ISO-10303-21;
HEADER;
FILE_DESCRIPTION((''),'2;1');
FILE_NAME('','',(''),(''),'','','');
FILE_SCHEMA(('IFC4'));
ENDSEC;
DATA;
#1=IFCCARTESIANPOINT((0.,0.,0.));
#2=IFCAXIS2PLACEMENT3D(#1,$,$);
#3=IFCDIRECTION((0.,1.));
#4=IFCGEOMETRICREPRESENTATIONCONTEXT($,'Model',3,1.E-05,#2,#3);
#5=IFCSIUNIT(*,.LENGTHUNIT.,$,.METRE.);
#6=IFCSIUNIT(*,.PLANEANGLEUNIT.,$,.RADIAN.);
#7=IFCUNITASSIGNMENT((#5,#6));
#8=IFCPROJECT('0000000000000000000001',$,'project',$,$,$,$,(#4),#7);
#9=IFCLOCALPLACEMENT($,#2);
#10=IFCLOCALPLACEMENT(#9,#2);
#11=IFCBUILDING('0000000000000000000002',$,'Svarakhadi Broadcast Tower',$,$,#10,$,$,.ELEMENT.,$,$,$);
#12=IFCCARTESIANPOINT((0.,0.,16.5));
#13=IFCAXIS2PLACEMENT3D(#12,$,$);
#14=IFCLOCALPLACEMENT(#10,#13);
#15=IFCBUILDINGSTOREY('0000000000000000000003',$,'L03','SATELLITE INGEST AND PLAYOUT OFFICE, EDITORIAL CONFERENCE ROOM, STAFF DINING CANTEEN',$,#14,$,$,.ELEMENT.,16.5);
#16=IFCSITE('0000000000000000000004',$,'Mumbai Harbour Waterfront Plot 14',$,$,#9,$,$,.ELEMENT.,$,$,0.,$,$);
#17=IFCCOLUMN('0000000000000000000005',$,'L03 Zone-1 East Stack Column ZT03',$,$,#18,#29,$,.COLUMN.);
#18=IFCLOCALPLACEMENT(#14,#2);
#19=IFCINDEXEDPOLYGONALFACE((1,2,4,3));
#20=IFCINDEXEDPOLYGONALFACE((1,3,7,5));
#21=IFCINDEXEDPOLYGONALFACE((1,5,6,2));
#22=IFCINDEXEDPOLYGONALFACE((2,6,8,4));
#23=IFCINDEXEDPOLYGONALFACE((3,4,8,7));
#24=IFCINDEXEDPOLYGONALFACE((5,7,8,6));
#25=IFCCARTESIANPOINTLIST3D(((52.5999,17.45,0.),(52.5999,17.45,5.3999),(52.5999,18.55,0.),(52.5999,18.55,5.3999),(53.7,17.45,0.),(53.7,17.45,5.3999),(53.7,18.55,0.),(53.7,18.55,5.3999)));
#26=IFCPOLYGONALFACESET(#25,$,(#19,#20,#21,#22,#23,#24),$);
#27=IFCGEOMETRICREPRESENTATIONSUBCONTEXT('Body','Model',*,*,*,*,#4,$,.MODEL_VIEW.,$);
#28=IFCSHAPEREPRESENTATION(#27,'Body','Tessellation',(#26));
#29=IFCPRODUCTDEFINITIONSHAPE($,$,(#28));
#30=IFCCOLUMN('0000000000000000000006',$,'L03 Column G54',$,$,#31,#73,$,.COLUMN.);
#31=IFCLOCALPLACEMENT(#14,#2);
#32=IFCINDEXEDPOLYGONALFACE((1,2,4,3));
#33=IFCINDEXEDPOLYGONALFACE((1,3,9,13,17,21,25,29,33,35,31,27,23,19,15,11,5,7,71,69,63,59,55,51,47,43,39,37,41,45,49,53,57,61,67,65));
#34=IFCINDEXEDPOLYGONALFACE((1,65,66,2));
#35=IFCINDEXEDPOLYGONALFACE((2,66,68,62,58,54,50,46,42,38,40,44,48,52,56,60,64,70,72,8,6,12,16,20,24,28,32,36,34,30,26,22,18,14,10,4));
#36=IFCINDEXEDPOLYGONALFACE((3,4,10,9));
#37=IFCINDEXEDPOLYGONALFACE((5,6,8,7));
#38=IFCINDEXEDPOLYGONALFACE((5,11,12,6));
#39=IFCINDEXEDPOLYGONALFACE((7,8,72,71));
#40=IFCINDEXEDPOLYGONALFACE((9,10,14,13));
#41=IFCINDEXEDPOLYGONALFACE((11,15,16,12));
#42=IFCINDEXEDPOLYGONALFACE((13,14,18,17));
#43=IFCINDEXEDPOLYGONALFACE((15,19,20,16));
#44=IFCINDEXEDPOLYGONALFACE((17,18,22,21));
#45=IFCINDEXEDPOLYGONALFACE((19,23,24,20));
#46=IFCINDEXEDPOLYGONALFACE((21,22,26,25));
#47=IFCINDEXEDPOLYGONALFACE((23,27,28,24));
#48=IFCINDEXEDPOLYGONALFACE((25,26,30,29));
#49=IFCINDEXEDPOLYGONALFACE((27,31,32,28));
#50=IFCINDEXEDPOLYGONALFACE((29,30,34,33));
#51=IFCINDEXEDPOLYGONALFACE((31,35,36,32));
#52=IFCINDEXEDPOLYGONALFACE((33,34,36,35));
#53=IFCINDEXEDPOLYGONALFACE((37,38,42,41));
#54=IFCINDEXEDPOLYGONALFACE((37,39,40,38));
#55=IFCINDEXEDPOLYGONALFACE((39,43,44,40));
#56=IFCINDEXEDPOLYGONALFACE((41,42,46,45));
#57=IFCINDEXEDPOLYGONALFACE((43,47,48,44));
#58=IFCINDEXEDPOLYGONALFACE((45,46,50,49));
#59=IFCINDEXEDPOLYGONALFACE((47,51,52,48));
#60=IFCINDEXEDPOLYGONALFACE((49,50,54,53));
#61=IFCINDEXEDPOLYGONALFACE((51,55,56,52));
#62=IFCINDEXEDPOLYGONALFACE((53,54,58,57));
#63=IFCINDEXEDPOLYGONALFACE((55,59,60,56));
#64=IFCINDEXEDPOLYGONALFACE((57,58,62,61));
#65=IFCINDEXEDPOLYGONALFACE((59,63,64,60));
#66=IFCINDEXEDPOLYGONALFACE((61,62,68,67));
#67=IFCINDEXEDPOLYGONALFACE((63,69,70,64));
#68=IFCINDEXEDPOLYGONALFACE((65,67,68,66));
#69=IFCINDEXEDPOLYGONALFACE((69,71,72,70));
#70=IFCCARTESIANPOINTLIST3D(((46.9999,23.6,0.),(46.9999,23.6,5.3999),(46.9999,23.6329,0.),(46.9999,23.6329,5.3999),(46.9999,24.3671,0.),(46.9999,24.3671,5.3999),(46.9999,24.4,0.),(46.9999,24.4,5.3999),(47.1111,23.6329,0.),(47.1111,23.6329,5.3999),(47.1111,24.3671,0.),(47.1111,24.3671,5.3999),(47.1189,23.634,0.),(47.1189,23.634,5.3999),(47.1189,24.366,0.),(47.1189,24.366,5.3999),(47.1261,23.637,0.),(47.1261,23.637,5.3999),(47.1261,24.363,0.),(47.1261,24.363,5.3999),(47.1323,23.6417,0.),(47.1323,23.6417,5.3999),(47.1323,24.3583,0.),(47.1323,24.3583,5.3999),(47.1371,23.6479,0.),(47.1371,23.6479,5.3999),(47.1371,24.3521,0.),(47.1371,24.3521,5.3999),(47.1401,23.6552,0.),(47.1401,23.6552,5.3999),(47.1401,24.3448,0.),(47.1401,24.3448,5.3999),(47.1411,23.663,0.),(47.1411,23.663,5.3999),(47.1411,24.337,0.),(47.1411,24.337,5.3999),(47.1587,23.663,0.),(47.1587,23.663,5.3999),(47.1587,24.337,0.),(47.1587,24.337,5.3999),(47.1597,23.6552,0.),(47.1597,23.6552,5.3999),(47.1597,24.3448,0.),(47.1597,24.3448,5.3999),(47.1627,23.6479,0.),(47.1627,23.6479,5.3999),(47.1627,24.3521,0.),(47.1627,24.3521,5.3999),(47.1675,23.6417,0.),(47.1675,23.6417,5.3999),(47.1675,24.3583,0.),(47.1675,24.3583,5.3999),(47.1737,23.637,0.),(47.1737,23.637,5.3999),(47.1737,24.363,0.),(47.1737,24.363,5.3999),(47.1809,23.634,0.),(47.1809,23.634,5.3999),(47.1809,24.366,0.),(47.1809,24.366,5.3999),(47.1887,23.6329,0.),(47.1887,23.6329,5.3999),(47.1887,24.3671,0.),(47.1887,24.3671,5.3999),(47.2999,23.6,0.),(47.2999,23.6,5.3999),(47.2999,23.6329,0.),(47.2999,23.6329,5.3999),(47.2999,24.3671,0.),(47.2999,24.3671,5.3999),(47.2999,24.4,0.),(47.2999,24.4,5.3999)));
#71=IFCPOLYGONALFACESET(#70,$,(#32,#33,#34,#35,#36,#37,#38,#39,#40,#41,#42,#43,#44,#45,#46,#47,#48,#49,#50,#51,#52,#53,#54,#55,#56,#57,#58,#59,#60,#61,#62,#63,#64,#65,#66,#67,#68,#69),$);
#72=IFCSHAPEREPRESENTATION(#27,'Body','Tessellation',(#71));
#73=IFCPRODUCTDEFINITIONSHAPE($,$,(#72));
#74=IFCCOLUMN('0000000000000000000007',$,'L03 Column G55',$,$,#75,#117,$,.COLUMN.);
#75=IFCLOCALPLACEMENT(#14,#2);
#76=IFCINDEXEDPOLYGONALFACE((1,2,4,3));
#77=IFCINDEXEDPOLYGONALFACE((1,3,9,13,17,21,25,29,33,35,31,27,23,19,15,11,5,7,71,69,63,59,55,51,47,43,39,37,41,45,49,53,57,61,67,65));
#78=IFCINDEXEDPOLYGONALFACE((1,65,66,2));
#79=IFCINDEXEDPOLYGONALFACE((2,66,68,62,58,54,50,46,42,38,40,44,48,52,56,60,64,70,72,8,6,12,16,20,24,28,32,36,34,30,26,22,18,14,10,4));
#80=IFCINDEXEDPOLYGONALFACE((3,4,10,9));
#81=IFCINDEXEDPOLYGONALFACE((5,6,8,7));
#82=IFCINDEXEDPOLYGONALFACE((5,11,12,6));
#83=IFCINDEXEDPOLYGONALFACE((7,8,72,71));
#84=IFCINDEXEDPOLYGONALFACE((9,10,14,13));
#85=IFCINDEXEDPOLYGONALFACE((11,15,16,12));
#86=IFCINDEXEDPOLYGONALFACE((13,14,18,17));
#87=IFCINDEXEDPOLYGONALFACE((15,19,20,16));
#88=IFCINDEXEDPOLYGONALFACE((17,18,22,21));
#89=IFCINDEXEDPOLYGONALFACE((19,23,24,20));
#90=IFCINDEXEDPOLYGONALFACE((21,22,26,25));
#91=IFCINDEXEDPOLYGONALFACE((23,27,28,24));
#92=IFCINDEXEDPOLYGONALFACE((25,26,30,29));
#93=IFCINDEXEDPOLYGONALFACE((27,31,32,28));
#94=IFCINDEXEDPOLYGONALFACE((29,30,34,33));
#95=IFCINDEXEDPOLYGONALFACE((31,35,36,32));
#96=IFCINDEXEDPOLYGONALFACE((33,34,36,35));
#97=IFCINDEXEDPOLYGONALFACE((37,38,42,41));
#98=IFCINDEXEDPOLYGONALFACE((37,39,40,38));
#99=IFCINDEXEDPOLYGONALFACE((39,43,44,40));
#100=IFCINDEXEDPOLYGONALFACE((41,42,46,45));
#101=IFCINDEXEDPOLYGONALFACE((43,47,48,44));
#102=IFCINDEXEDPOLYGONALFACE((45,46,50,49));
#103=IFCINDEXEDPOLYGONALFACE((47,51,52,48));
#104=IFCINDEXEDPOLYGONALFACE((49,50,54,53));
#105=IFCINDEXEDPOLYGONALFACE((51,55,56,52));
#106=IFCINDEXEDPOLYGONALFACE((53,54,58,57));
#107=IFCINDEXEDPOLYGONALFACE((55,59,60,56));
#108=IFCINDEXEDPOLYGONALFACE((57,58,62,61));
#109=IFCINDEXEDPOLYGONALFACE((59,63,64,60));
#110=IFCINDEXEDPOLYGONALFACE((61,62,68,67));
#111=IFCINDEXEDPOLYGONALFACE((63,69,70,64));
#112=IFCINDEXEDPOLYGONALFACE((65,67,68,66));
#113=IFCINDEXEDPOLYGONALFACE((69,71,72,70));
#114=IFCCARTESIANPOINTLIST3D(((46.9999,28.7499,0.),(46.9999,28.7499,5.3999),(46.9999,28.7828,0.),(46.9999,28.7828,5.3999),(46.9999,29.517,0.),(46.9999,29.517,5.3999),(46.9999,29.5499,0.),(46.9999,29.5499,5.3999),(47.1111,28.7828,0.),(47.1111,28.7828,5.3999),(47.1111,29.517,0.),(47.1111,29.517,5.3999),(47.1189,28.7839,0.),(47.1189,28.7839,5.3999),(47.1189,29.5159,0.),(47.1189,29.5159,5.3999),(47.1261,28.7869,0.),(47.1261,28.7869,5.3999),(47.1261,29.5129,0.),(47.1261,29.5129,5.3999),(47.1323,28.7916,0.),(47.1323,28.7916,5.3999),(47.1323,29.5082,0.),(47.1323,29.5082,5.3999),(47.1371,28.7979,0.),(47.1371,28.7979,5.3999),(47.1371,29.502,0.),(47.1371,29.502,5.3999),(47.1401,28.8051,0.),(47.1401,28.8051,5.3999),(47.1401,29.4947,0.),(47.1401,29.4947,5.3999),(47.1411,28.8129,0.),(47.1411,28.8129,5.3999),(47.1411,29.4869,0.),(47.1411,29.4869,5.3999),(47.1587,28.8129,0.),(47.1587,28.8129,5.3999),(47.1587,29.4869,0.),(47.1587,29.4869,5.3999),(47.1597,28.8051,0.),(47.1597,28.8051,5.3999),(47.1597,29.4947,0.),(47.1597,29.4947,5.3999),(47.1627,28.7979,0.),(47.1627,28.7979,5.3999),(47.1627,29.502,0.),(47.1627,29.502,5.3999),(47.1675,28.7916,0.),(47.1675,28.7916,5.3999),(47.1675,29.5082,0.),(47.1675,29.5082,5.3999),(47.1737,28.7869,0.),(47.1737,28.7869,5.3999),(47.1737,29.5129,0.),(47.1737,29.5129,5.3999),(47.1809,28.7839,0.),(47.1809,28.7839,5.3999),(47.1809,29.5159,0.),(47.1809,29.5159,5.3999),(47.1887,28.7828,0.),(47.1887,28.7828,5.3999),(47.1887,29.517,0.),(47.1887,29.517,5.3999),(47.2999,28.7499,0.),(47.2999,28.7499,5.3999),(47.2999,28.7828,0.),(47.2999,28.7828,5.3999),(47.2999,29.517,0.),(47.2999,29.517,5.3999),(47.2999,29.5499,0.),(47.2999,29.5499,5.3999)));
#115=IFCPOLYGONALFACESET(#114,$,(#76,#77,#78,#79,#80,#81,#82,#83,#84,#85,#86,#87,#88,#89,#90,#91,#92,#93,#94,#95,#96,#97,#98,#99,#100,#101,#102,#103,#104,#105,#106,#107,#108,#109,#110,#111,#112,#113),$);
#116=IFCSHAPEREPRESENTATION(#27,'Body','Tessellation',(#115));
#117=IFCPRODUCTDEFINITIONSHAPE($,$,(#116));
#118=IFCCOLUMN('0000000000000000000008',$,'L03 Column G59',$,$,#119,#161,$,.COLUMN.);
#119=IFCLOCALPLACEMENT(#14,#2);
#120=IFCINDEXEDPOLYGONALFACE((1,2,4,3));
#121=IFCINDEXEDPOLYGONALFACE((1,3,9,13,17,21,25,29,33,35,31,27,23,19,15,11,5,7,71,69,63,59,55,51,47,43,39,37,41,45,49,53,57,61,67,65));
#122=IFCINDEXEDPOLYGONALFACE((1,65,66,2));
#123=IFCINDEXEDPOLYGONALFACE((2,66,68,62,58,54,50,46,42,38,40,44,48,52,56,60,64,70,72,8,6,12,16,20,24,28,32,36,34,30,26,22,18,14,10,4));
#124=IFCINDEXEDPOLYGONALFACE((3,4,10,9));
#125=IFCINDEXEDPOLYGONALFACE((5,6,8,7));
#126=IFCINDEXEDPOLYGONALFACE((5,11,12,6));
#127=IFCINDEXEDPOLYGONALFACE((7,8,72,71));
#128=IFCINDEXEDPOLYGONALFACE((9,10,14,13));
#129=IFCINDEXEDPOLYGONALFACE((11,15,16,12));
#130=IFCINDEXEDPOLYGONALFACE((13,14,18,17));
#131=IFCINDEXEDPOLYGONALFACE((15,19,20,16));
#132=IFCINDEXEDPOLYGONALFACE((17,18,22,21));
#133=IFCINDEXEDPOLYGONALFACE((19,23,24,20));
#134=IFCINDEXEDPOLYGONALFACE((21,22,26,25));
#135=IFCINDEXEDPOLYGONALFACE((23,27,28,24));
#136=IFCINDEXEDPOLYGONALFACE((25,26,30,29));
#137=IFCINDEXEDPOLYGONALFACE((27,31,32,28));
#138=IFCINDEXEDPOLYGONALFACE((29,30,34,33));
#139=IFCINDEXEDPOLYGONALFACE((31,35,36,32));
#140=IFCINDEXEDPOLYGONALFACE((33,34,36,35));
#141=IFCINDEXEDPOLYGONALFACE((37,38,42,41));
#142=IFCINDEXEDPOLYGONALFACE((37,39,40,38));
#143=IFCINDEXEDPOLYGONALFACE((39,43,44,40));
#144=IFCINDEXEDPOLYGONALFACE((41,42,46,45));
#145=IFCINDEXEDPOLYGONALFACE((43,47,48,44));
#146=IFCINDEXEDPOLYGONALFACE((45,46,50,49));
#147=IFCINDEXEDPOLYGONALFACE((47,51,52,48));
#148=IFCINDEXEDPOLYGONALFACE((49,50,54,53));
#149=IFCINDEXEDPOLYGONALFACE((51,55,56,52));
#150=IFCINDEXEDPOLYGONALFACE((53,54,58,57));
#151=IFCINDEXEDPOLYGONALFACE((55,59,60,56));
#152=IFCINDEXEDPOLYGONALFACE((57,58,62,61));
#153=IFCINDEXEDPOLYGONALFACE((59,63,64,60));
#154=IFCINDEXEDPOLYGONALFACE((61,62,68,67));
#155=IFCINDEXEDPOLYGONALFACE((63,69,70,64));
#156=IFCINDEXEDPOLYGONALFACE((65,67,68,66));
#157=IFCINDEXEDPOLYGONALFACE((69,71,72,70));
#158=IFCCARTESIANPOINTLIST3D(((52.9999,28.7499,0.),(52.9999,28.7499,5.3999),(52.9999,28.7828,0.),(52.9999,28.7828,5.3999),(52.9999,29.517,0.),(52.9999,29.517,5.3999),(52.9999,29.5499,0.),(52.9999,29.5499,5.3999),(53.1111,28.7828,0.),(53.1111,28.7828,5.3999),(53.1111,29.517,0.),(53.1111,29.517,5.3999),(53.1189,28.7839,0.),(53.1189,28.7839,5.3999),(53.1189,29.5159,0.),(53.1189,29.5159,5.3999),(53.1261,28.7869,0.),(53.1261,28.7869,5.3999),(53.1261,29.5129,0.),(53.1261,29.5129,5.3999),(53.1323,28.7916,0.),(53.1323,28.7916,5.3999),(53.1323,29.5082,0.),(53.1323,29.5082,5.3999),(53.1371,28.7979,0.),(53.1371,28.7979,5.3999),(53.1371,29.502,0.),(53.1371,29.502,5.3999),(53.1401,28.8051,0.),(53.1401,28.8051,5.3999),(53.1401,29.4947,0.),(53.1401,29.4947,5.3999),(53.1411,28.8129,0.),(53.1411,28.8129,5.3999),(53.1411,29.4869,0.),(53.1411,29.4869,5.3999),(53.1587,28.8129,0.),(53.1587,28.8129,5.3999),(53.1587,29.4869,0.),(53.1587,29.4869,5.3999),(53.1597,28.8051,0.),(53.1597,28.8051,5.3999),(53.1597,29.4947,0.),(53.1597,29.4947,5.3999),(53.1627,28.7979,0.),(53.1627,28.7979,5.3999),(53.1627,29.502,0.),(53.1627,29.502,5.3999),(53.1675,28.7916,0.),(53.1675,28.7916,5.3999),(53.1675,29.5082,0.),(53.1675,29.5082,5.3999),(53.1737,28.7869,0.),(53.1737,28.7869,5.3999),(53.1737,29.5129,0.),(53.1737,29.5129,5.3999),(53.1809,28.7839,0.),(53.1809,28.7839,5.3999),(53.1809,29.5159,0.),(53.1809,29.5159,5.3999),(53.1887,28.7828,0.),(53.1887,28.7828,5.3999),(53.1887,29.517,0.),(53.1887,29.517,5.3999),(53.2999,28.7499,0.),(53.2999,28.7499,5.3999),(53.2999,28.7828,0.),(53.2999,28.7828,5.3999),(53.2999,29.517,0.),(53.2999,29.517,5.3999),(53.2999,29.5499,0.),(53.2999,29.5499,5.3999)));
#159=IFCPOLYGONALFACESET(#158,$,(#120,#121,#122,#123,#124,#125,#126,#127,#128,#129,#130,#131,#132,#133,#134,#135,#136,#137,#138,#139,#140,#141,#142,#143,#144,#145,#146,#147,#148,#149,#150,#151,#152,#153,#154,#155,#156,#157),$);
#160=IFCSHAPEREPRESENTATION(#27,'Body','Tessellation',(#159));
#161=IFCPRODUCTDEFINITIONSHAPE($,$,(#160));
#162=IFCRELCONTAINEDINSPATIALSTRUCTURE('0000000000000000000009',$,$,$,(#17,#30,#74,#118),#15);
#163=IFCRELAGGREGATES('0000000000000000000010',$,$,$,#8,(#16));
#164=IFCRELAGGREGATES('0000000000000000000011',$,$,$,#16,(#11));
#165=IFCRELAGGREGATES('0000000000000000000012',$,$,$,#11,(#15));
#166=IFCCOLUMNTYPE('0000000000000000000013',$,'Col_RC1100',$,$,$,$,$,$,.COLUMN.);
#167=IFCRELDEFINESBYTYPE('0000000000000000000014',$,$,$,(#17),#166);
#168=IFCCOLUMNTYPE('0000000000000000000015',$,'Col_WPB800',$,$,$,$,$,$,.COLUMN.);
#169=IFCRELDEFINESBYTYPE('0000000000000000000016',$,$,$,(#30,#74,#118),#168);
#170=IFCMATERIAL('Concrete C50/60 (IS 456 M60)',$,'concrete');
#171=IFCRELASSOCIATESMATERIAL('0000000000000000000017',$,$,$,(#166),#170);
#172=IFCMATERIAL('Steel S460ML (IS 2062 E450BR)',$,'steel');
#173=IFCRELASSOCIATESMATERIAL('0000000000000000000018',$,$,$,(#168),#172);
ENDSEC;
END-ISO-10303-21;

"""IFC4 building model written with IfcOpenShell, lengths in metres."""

from ifc_helpers import new_model, si_unit, direction, frame, origin, origin_2d, place, context, subcontext, project, spatial, rectangle, i_section, extrude, material, material_profile, profile_set, type_object, element, save


model = new_model("IFC4")

# Units and contexts
model_context = context("Model", 3, precision=1e-05, world=origin(), true_north=direction((0.0, 1.0)))
body_context = subcontext(model_context, "Body", "Model", "MODEL_VIEW")
ifc_project = project(units=[si_unit("LENGTHUNIT", "METRE"), si_unit("PLANEANGLEUNIT", "RADIAN")], contexts=[model_context])

# Site, building, storey
site_placement = place(None, origin())
site = spatial("IfcSite", under=ifc_project, at=site_placement, Name="Mumbai Harbour Waterfront Plot 14", CompositionType="ELEMENT", RefElevation=0.0)
building_placement = place(site_placement, origin())
building = spatial("IfcBuilding", under=site, at=building_placement, Name="Svarakhadi Broadcast Tower", CompositionType="ELEMENT")
storey_placement = place(building_placement, frame((0.0, 0.0, 16.5)))
storey = spatial("IfcBuildingStorey", under=building, at=storey_placement, Name="L03", Description="SATELLITE INGEST AND PLAYOUT OFFICE, EDITORIAL CONFERENCE ROOM, STAFF DINING CANTEEN", CompositionType="ELEMENT", Elevation=16.5)

# Columns
ifc_material_1 = material(Name="Concrete C50/60 (IS 456 M60)", Category="concrete")
ifc_material_profile_1 = material_profile(ifc_material_1, rectangle(XDim=1.1001, YDim=1.1001, at=origin_2d()), Name="RC 1100x1100")
ifc_profile_set_1 = profile_set([ifc_material_profile_1], Name="Concrete C50/60 (IS 456 M60)")
column_type_1 = type_object("IfcColumnType", Name="Col_RC1100", PredefinedType="COLUMN", material=ifc_profile_set_1)
column_placement = place(storey_placement, frame((53.1499, 18.0, 0.0), z_axis=(0.0, 0.0, 1.0), x_axis=(1.0, 0.0, 0.0)))
element("IfcColumn", 1, at=column_placement, inside=storey, type_object=column_type_1, Name="L03 Zone-1 East Stack Column ZT03", PredefinedType="COLUMN", context=body_context, shape_type="SweptSolid", body=[
    extrude(rectangle(XDim=1.1001, YDim=1.1001, at=origin_2d()), origin(), (0.0, 0.0, 1.0), 5.3999),
])
ifc_material_2 = material(Name="Steel S460ML (IS 2062 E450BR)", Category="steel")
ifc_material_profile_2 = material_profile(ifc_material_2, i_section(OverallWidth=0.3, OverallDepth=0.8, WebThickness=0.0176, FlangeThickness=0.033, FilletRadius=0.03, at=origin_2d()), Name="WPB 800x300x262")
ifc_profile_set_2 = profile_set([ifc_material_profile_2], Name="Steel S460ML (IS 2062 E450BR)")
column_type_2 = type_object("IfcColumnType", Name="Col_WPB800", PredefinedType="COLUMN", material=ifc_profile_set_2)
for number, where, z_axis, x_axis, name in (
    (2, (47.1499, 24.0, 0.0), (0.0, 0.0, 1.0), (1.0, 0.0, 0.0), "L03 Column G54"),
    (3, (47.1499, 29.1499, 0.0), (0.0, 0.0, 1.0), (1.0, 0.0, 0.0), "L03 Column G55"),
    (4, (53.1499, 29.1499, 0.0), (0.0, 0.0, 1.0), (1.0, 0.0, 0.0), "L03 Column G59"),
):
    element("IfcColumn", number, at=place(storey_placement, frame(where, z_axis=z_axis, x_axis=x_axis)), inside=storey, type_object=column_type_2, Name=name, PredefinedType="COLUMN", context=body_context, shape_type="SweptSolid", body=[
        extrude(i_section(OverallWidth=0.3, OverallDepth=0.8, WebThickness=0.0176, FlangeThickness=0.033, FilletRadius=0.03, at=origin_2d()), origin(), (0.0, 0.0, 1.0), 5.3999),
    ])

save(model, "model.ifc")
